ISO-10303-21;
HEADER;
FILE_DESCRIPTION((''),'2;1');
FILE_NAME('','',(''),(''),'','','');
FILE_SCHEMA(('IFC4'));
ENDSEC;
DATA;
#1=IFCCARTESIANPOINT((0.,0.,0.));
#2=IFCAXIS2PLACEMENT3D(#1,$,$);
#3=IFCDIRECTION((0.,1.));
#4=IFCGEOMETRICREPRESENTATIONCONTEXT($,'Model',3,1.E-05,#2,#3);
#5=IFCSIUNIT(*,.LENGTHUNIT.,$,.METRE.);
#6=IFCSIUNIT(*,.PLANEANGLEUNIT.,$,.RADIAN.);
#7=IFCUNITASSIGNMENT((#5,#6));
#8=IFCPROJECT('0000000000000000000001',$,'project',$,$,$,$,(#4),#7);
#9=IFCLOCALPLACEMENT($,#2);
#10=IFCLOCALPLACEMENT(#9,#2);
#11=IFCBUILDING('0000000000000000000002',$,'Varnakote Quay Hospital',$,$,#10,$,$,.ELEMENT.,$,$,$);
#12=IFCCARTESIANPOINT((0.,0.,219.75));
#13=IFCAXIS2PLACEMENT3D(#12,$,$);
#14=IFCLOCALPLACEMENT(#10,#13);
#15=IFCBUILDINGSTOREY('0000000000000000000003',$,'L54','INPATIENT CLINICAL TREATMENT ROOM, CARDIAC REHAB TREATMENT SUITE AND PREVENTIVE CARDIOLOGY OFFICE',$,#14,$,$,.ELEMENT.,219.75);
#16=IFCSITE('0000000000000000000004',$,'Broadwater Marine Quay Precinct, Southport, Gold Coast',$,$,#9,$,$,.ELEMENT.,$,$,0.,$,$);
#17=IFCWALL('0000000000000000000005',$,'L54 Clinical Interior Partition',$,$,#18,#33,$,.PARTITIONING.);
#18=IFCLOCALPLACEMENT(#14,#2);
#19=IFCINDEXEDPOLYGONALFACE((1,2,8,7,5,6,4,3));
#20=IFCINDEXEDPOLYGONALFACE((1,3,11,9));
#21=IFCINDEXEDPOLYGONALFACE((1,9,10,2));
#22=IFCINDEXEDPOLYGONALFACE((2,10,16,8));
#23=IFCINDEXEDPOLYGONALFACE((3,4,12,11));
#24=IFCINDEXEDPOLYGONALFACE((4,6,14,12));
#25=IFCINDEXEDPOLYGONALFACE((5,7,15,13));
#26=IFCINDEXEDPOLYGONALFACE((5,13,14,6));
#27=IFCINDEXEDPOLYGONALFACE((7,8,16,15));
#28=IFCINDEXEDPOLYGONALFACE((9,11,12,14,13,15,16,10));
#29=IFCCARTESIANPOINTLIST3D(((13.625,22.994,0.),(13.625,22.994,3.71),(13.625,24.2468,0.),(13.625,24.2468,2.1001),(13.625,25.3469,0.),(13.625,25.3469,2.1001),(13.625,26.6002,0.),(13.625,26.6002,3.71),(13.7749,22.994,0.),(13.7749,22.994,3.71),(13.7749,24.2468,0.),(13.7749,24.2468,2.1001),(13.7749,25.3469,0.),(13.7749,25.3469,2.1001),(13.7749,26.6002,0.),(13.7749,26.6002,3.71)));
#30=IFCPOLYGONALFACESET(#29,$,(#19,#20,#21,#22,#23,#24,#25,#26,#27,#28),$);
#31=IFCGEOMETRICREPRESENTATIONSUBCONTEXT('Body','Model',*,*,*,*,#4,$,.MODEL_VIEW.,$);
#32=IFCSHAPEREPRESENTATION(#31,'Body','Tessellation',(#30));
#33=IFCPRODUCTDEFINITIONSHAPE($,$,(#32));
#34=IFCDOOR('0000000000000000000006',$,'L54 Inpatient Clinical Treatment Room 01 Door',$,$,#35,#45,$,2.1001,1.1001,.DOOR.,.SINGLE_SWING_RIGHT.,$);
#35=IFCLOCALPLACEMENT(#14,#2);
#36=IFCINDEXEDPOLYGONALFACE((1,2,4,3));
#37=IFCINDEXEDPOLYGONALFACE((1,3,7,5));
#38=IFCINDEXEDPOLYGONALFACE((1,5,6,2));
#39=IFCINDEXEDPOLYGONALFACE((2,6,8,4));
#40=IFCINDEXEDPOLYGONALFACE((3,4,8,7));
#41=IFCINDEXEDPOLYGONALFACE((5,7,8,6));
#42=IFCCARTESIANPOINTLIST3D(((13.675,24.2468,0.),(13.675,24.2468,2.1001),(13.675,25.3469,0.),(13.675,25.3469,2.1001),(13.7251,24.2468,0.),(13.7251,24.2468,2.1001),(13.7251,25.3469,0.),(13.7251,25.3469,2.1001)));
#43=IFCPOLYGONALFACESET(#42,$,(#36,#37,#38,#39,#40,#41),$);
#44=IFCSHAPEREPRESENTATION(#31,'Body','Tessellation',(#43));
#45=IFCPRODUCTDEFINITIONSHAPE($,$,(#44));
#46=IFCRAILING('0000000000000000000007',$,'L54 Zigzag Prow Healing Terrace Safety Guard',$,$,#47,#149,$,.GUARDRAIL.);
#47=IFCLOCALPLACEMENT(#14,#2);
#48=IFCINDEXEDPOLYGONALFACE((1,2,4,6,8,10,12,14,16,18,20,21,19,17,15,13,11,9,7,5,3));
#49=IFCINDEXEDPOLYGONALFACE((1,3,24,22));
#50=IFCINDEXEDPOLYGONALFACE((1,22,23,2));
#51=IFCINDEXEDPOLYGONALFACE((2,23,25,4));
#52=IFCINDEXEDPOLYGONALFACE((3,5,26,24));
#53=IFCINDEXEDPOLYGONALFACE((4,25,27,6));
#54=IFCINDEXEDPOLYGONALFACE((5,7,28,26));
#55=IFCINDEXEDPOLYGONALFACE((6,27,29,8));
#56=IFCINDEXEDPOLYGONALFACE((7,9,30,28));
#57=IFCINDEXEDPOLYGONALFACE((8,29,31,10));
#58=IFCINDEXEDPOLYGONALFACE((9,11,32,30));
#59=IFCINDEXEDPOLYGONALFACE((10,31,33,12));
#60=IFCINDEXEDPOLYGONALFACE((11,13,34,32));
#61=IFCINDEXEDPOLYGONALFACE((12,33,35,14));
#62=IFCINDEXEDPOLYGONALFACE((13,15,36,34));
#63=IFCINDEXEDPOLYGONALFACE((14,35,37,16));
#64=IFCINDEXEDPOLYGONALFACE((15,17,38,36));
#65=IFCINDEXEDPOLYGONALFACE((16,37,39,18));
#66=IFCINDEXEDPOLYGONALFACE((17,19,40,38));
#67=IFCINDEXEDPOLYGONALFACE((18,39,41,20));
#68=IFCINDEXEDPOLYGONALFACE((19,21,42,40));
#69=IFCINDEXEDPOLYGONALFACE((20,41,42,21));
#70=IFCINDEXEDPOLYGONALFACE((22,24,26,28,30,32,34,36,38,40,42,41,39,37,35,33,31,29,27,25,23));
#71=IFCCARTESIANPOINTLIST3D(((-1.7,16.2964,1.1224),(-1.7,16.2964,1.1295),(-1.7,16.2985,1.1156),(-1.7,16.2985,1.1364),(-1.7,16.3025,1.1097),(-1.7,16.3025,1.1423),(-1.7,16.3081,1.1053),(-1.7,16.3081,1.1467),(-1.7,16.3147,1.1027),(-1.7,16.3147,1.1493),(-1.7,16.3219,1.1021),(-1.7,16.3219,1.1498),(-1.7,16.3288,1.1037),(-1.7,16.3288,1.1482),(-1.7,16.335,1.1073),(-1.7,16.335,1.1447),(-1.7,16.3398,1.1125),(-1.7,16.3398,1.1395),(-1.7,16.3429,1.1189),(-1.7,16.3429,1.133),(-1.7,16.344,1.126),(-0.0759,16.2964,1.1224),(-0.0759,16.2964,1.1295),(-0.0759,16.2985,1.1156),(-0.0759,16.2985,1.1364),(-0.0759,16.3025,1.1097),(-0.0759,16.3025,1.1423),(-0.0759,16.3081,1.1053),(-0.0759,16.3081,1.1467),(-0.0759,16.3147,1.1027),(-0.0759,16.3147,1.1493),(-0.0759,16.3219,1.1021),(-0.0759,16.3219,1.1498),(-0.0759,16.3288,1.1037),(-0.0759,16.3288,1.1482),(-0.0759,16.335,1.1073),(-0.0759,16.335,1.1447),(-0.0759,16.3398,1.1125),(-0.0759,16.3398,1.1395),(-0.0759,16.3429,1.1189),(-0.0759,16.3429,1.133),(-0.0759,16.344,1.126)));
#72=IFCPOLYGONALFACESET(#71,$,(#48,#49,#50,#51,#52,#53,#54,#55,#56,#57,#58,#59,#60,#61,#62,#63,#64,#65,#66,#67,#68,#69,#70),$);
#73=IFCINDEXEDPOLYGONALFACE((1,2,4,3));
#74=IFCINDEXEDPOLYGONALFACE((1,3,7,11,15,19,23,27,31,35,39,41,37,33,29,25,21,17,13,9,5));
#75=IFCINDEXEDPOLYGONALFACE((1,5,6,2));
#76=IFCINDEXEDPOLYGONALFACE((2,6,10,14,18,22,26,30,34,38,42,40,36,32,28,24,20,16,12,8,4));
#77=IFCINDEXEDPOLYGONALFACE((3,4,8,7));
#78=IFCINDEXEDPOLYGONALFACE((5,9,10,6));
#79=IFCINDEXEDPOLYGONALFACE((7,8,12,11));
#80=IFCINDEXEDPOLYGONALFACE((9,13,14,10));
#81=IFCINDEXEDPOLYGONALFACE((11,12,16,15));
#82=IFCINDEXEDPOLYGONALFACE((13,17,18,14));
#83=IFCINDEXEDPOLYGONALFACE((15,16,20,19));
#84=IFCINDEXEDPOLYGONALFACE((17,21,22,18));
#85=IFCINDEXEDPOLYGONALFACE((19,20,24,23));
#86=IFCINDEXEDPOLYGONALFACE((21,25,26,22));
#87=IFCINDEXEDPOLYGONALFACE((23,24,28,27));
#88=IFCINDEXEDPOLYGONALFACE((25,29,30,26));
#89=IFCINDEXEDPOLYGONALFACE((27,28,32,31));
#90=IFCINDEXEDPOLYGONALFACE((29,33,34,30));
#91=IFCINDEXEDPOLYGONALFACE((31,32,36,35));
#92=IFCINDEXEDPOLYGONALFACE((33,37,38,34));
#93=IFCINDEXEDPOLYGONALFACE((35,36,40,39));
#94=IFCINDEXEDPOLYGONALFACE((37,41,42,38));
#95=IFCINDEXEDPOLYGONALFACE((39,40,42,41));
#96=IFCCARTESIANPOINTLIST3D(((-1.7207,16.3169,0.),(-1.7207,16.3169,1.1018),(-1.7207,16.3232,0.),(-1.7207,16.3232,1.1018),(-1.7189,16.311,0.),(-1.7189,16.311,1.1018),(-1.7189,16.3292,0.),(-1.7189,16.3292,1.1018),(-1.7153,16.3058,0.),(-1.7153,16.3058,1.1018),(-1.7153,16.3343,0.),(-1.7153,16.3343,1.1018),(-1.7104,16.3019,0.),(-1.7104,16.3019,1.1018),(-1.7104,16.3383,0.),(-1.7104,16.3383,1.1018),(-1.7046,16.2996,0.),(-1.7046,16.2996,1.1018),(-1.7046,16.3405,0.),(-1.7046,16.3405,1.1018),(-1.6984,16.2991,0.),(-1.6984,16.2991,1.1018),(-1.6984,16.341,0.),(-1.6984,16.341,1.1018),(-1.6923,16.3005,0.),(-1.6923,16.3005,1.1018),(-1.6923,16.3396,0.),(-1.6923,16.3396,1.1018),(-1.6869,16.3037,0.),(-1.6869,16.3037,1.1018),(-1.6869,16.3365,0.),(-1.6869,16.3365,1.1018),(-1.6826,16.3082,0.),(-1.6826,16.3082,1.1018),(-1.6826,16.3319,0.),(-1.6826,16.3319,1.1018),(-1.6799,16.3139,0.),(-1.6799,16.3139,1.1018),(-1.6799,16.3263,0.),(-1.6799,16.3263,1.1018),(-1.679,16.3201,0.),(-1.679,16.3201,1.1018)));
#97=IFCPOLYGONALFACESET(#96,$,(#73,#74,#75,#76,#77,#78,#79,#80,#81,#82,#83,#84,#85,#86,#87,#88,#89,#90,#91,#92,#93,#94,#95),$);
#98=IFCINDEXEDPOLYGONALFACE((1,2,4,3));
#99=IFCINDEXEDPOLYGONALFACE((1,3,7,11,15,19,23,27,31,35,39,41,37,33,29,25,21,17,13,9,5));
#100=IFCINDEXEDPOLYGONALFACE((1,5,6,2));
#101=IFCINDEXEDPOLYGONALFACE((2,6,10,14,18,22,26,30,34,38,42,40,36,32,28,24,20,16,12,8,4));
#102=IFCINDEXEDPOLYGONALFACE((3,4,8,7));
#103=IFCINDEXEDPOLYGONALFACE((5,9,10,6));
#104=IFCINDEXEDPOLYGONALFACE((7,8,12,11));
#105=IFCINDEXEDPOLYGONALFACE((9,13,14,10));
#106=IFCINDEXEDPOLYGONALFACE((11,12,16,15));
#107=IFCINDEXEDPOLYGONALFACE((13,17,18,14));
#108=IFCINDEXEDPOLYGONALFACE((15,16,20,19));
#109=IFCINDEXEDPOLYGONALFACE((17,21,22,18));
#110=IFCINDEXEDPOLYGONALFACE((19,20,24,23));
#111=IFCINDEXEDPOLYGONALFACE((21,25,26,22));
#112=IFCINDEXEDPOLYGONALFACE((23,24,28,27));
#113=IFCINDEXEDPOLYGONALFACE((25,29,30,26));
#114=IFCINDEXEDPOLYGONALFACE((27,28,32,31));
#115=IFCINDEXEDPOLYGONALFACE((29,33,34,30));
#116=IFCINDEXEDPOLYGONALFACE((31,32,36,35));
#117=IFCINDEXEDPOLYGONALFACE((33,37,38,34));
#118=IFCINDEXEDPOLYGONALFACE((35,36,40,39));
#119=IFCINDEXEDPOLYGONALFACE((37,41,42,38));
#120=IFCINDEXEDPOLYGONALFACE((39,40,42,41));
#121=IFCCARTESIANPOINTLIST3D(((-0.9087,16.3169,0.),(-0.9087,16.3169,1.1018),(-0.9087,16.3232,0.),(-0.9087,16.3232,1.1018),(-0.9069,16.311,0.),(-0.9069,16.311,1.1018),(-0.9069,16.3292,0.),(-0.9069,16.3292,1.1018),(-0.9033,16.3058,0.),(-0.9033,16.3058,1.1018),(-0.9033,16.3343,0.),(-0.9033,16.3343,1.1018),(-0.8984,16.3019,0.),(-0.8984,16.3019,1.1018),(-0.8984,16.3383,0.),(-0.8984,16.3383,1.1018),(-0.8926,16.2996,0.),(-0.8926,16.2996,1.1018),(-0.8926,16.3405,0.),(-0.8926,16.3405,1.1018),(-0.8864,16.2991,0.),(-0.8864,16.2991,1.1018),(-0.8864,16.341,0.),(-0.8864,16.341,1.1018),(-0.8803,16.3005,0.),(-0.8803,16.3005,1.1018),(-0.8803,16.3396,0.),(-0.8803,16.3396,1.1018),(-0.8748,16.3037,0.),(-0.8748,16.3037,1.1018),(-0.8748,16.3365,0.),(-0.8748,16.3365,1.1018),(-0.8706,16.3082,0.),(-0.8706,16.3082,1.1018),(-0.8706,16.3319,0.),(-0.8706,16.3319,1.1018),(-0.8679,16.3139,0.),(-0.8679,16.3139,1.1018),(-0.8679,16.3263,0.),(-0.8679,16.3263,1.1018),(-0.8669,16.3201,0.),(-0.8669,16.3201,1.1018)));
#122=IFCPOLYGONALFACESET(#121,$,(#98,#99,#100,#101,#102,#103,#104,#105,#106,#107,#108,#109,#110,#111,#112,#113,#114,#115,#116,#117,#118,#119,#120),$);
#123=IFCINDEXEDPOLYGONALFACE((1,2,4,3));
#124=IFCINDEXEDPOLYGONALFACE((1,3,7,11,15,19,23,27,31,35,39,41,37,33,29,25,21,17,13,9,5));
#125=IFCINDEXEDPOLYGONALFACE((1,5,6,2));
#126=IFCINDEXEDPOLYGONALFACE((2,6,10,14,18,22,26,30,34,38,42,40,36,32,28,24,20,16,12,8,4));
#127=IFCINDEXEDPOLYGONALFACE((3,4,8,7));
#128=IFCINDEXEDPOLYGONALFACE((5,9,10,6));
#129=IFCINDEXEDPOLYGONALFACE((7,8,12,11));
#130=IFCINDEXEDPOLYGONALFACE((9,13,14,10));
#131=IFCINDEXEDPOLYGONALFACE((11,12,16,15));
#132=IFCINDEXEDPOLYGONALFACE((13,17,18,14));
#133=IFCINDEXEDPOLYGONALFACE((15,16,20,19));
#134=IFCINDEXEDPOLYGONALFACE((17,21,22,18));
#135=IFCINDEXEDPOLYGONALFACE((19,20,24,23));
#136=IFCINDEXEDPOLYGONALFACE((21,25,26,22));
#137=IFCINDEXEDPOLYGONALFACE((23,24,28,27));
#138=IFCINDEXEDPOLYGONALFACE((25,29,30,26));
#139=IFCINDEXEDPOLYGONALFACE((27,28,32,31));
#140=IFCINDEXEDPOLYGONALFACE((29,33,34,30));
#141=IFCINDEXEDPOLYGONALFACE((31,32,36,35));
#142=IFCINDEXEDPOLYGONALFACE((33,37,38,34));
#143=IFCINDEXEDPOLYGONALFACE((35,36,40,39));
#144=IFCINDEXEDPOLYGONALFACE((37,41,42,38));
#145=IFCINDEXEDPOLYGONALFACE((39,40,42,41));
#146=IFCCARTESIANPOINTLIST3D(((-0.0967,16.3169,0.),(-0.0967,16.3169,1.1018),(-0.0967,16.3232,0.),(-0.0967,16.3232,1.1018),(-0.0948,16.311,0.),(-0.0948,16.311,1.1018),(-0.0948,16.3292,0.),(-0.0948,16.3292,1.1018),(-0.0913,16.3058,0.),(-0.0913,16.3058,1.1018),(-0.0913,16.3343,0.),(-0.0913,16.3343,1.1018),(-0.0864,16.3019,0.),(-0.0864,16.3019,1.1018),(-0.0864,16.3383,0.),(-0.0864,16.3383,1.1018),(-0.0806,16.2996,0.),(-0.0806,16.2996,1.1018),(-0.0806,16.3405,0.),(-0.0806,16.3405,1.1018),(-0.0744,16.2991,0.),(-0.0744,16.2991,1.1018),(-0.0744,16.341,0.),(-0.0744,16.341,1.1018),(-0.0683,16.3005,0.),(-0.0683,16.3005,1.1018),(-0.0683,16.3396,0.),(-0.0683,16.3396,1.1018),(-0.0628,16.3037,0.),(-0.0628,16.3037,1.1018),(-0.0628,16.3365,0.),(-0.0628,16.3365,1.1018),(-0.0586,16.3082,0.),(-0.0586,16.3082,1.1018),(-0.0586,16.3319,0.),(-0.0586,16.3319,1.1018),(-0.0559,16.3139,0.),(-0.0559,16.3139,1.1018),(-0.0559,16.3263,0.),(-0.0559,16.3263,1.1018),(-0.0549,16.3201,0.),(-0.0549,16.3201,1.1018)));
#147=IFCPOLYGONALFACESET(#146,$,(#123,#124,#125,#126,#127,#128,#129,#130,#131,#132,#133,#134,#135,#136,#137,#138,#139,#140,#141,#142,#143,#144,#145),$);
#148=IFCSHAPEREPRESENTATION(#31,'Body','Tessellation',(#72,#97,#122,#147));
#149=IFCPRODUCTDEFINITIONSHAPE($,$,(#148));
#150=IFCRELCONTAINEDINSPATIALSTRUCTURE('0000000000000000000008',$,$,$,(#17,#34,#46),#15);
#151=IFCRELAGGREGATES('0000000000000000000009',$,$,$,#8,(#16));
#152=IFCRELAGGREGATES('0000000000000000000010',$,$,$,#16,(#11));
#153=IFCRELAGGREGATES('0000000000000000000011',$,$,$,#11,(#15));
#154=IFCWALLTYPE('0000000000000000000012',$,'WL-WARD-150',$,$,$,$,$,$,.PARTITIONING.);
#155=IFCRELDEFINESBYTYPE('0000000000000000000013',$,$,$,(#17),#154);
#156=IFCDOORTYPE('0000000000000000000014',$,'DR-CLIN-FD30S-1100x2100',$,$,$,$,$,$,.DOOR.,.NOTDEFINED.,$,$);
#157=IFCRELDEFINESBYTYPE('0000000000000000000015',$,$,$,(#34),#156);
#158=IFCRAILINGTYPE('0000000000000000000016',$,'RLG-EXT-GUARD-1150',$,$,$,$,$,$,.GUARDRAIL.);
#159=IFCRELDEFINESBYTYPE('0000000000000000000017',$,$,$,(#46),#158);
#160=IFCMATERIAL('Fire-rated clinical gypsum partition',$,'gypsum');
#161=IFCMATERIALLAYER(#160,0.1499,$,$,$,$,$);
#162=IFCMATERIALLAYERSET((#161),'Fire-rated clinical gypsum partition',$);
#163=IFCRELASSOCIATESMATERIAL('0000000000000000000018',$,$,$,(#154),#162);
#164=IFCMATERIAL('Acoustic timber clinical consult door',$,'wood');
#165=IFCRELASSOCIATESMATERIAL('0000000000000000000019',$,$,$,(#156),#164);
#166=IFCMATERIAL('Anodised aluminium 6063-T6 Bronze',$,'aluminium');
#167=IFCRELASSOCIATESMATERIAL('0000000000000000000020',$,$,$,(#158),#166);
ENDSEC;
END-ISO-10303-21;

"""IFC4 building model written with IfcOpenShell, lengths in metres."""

from ifc_helpers import new_model, si_unit, direction, frame, frame_2d, origin, origin_2d, place, context, subcontext, project, spatial, rectangle, circle, extrude, material, layer, layer_set, type_object, element, fill, save


model = new_model("IFC4")

# Units and contexts
model_context = context("Model", 3, precision=1e-05, world=origin(), true_north=direction((0.0, 1.0)))
body_context = subcontext(model_context, "Body", "Model", "MODEL_VIEW")
ifc_project = project(units=[si_unit("LENGTHUNIT", "METRE"), si_unit("PLANEANGLEUNIT", "RADIAN")], contexts=[model_context])

# Site, building, storey
site_placement = place(None, origin())
site = spatial("IfcSite", under=ifc_project, at=site_placement, Name="Broadwater Marine Quay Precinct, Southport, Gold Coast", CompositionType="ELEMENT", RefElevation=0.0)
building_placement = place(site_placement, origin())
building = spatial("IfcBuilding", under=site, at=building_placement, Name="Varnakote Quay Hospital", CompositionType="ELEMENT")
storey_placement = place(building_placement, frame((0.0, 0.0, 219.75)))
storey = spatial("IfcBuildingStorey", under=building, at=storey_placement, Name="L54", Description="INPATIENT CLINICAL TREATMENT ROOM, CARDIAC REHAB TREATMENT SUITE AND PREVENTIVE CARDIOLOGY OFFICE", CompositionType="ELEMENT", Elevation=219.75)

# Shared definitions
ifc_material_1 = material(Name="Fire-rated clinical gypsum partition", Category="gypsum")
ifc_layer_1 = layer(ifc_material_1, 0.1499)
ifc_layer_set_1 = layer_set([ifc_layer_1], Name="Fire-rated clinical gypsum partition")
wall_type_1 = type_object("IfcWallType", Name="WL-WARD-150", PredefinedType="PARTITIONING", material=ifc_layer_set_1)
ifc_material_2 = material(Name="Acoustic timber clinical consult door", Category="wood")
door_type_1 = type_object("IfcDoorType", Name="DR-CLIN-FD30S-1100x2100", OperationType="NOTDEFINED", PredefinedType="DOOR", material=ifc_material_2)

# Wall, opening, door
wall_1_placement = place(storey_placement, frame((13.7, 22.9939, 0.0), z_axis=(0.0, 0.0, 1.0), x_axis=(0.0, 1.0, 0.0)))
wall_1 = element("IfcWall", 1, at=wall_1_placement, inside=storey, type_object=wall_type_1, Name="L54 Clinical Interior Partition", PredefinedType="PARTITIONING", context=body_context, shape_type="SweptSolid", body=[
    extrude(rectangle(XDim=3.6062, YDim=0.1499, at=frame_2d((1.8032, 0.0))), origin(), (0.0, 0.0, 1.0), 3.71),
])
opening_1_placement = place(wall_1_placement, frame((1.2529, 0.0, 0.0)))
opening_1 = element("IfcOpeningElement", 2, at=opening_1_placement, cuts=wall_1, PredefinedType="OPENING", context=body_context, shape_type="SweptSolid", body=[
    extrude(rectangle(XDim=1.1001, YDim=2.1001, at=frame_2d((0.55, 1.05))), frame((0.0, 0.085, 0.0), z_axis=(0.0, -1.0, 0.0), x_axis=(1.0, 0.0, 0.0)), (0.0, 0.0, 1.0), 0.1699),
])
door_1_placement = place(opening_1_placement, origin())
door_1 = element("IfcDoor", 3, at=door_1_placement, inside=storey, type_object=door_type_1, Name="L54 Inpatient Clinical Treatment Room 01 Door", OperationType="SINGLE_SWING_RIGHT", OverallHeight=2.1001, OverallWidth=1.1001, PredefinedType="DOOR", context=body_context, shape_type="SweptSolid", body=[
    extrude(rectangle(XDim=1.1001, YDim=2.1001, at=frame_2d((0.55, 1.05))), frame((0.0, 0.0249, 0.0), z_axis=(0.0, -1.0, 0.0), x_axis=(1.0, 0.0, 0.0)), (0.0, 0.0, 1.0), 0.05),
])
fill(opening_1, door_1)

# Railing
ifc_material_3 = material(Name="Anodised aluminium 6063-T6 Bronze", Category="aluminium")
railing_type = type_object("IfcRailingType", Name="RLG-EXT-GUARD-1150", PredefinedType="GUARDRAIL", material=ifc_material_3)
railing_1_placement = place(storey_placement, frame((-1.7, 16.3201, 0.0)))
element("IfcRailing", 4, at=railing_1_placement, inside=storey, type_object=railing_type, Name="L54 Zigzag Prow Healing Terrace Safety Guard", PredefinedType="GUARDRAIL", context=body_context, shape_type="SweptSolid", body=[
    extrude(circle(Radius=0.0239, at=origin_2d()), frame((0.0, 0.0, 1.126), z_axis=(1.0, 0.0, 0.0), x_axis=(0.0, 1.0, 0.0)), (0.0, 0.0, 1.0), 1.624),
    extrude(circle(Radius=0.021, at=origin_2d()), origin(), (0.0, 0.0, 1.0), 1.1018),
    extrude(circle(Radius=0.021, at=origin_2d()), frame((0.812, 0.0, 0.0)), (0.0, 0.0, 1.0), 1.1018),
    extrude(circle(Radius=0.021, at=origin_2d()), frame((1.624, 0.0, 0.0)), (0.0, 0.0, 1.0), 1.1018),
])

save(model, "model.ifc")
